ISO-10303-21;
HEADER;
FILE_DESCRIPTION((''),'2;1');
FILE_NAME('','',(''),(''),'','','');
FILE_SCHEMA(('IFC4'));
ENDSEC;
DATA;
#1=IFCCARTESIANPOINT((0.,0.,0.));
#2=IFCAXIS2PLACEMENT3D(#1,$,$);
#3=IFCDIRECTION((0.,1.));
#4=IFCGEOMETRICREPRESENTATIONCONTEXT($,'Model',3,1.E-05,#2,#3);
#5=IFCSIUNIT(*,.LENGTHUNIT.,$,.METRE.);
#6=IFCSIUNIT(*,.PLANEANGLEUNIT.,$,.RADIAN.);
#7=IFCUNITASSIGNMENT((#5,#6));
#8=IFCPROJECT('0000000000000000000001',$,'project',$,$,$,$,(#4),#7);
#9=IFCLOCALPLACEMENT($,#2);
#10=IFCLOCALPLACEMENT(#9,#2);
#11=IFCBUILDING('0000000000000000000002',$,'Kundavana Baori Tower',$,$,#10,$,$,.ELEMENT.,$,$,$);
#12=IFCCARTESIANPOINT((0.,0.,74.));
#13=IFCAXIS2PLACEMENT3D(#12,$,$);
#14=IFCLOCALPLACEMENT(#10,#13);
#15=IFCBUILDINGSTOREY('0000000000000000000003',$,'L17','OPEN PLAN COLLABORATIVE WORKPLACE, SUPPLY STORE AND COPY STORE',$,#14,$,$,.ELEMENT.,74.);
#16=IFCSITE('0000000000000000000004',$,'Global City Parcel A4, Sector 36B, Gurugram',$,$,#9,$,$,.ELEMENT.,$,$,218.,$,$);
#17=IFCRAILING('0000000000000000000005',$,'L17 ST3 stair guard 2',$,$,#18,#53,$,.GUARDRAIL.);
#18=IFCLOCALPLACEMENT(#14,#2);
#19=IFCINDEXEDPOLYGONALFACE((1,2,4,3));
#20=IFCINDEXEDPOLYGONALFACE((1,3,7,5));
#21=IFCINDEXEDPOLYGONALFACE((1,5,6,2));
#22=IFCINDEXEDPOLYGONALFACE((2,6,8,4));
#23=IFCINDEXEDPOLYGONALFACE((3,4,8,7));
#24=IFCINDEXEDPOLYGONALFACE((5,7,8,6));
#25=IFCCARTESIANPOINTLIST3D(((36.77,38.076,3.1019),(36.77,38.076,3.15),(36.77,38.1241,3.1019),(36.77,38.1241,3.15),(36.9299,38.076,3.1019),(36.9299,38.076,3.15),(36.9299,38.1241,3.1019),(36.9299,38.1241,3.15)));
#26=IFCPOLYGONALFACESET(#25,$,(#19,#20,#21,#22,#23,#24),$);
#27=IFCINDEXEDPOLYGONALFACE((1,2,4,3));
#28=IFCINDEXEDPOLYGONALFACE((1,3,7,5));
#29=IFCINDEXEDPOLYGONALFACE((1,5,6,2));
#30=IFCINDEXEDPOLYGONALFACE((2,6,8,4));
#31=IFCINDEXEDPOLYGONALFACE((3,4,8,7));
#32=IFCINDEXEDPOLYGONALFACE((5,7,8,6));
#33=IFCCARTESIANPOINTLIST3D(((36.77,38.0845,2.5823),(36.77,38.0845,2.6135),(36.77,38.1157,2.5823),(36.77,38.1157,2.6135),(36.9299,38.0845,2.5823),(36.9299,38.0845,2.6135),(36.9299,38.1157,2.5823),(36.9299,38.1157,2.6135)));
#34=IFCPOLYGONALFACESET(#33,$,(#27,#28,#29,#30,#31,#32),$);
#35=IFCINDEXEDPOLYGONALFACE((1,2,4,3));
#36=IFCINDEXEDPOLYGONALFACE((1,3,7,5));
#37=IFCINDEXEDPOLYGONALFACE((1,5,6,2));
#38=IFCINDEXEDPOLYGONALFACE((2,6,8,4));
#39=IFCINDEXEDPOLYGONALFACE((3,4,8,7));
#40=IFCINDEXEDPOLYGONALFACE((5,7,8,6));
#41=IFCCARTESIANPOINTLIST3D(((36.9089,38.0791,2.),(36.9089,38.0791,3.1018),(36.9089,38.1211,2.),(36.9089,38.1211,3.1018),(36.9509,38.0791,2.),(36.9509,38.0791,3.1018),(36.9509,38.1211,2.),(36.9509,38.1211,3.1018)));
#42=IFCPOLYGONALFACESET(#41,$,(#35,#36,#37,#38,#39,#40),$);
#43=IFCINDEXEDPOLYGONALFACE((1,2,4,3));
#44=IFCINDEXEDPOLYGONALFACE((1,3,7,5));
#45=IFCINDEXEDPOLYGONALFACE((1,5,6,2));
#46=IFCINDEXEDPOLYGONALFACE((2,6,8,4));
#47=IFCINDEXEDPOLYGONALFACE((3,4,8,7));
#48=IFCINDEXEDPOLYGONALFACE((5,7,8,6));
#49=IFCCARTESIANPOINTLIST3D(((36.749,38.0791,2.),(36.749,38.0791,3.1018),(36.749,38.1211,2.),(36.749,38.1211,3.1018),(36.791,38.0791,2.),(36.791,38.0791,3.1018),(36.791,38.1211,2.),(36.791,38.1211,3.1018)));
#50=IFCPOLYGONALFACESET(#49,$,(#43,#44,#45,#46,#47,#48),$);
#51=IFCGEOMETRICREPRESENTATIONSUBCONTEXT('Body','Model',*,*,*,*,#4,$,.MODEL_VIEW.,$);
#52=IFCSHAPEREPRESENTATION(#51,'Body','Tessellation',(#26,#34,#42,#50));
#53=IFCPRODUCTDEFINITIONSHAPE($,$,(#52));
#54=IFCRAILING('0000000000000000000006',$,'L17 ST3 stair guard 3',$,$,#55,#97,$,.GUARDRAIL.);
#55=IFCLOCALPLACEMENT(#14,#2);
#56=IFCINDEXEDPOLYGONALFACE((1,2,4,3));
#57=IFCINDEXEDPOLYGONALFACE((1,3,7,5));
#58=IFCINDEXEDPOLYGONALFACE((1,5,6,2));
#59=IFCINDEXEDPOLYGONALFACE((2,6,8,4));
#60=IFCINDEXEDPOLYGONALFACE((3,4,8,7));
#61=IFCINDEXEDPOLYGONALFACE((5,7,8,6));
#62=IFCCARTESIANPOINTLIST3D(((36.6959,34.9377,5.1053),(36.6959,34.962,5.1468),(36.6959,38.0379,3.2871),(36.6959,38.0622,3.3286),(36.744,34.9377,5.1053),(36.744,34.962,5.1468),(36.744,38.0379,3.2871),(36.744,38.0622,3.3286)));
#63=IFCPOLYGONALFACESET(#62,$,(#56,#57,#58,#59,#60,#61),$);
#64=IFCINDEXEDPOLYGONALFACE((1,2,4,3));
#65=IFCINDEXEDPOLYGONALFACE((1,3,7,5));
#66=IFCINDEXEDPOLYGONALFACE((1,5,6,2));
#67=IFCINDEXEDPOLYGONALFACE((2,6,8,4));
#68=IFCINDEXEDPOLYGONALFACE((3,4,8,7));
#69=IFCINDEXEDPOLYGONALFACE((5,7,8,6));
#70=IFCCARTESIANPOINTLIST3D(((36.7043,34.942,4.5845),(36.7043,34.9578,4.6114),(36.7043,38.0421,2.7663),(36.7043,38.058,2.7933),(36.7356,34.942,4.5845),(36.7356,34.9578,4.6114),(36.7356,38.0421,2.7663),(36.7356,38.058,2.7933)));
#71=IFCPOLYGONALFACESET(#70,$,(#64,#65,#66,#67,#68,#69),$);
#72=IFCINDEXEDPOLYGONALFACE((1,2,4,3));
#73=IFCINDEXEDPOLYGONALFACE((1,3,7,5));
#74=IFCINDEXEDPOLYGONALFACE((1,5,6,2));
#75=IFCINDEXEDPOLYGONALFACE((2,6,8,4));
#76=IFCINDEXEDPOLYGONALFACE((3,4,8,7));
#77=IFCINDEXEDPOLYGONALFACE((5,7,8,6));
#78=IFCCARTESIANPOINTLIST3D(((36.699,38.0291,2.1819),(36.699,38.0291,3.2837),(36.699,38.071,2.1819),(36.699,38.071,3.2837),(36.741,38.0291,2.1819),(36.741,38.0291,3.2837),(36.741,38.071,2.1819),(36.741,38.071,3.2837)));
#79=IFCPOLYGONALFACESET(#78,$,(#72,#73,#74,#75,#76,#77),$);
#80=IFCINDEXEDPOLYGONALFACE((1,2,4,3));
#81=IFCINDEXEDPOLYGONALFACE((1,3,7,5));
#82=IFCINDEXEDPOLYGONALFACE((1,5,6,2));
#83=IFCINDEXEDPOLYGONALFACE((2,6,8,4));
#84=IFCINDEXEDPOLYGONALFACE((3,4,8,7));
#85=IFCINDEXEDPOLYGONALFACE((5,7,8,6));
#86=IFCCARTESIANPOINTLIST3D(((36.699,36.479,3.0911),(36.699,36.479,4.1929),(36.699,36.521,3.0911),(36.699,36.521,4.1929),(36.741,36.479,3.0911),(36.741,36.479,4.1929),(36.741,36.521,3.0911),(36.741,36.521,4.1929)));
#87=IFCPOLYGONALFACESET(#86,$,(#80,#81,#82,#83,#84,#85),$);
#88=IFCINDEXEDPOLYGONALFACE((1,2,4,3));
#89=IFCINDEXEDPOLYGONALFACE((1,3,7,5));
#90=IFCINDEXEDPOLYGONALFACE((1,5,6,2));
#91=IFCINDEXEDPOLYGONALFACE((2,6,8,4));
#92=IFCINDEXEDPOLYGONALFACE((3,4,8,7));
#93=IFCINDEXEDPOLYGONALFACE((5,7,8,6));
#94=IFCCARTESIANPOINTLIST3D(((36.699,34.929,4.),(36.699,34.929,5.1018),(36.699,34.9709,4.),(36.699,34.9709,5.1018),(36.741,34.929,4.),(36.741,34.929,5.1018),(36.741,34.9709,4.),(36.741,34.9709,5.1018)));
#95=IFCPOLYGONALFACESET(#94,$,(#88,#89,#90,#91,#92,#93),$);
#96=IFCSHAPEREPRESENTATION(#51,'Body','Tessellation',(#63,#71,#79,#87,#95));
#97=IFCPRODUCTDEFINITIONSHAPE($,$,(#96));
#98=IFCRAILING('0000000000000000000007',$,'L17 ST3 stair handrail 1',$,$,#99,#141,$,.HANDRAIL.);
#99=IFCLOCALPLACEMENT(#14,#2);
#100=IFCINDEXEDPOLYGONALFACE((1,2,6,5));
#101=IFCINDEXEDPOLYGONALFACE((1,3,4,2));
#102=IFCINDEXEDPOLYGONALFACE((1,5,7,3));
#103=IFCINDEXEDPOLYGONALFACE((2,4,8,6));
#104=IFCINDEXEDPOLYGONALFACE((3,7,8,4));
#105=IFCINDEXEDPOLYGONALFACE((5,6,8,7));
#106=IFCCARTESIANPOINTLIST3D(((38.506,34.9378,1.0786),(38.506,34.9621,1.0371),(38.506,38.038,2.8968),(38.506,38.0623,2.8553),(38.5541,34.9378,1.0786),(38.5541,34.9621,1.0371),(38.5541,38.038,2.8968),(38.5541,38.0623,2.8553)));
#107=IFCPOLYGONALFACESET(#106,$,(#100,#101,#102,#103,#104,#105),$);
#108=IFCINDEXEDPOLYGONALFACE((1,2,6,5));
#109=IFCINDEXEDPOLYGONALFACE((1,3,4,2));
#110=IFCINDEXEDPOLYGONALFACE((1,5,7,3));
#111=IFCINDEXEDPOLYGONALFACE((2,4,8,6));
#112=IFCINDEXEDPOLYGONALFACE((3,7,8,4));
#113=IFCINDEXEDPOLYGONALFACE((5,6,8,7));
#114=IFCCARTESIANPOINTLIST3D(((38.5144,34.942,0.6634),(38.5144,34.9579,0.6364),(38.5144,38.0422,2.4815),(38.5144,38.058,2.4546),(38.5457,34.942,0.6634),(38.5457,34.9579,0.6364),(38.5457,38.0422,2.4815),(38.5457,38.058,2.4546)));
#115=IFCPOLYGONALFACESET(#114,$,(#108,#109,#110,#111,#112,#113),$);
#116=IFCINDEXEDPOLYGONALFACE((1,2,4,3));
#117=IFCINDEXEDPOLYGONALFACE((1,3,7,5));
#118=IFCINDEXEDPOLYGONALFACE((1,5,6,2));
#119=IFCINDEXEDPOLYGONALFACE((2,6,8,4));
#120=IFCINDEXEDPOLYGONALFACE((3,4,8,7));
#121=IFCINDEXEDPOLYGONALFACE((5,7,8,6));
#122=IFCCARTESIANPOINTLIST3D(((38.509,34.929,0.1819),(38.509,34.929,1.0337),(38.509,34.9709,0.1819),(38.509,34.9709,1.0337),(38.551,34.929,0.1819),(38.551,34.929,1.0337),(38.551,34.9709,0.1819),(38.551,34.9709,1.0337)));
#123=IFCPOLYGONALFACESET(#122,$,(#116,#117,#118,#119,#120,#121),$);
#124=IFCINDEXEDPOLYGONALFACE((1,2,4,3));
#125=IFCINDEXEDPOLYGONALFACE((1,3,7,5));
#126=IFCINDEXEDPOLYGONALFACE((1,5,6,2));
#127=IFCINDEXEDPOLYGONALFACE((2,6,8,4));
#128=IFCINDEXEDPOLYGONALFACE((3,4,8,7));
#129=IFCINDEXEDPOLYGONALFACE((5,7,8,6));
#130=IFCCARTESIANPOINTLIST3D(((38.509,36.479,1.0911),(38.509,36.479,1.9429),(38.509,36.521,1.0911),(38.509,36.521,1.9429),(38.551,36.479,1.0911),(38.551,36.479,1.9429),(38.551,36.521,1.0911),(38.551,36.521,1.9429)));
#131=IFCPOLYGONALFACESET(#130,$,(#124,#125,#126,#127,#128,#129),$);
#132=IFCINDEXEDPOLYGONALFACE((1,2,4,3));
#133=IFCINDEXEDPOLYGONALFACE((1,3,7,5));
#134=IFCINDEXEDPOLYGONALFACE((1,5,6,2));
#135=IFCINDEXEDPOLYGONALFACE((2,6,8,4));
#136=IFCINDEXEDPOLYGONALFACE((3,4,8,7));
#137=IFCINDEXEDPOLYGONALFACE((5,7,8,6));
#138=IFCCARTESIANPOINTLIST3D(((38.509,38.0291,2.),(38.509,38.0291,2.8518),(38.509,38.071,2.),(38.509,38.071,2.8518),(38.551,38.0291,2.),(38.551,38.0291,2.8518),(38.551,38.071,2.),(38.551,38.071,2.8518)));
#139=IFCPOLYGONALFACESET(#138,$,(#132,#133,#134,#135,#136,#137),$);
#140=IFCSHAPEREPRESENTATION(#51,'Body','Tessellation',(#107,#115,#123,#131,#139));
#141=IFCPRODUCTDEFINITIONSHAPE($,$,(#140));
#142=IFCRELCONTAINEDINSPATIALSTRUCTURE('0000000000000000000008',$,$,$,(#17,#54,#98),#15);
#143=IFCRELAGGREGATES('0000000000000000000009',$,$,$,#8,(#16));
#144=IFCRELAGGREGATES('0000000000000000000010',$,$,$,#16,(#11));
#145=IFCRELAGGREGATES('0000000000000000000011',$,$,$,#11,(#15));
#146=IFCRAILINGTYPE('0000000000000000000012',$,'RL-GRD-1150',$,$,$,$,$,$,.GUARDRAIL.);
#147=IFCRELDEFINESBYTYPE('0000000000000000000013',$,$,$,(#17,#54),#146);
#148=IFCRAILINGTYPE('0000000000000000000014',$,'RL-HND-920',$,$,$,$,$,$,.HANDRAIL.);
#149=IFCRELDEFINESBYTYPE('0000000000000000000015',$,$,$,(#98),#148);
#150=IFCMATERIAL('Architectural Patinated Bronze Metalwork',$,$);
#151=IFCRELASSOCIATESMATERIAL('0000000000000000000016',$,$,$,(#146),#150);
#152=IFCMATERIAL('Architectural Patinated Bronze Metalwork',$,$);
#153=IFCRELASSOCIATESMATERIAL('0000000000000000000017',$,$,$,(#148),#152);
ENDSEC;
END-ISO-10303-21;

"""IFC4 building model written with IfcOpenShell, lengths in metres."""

from ifc_helpers import new_model, si_unit, direction, frame, origin, origin_2d, place, context, subcontext, project, spatial, rectangle, extrude, material, type_object, element, save


model = new_model("IFC4")

# Units and contexts
model_context = context("Model", 3, precision=1e-05, world=origin(), true_north=direction((0.0, 1.0)))
body_context = subcontext(model_context, "Body", "Model", "MODEL_VIEW")
ifc_project = project(units=[si_unit("LENGTHUNIT", "METRE"), si_unit("PLANEANGLEUNIT", "RADIAN")], contexts=[model_context])

# Site, building, storey
site_placement = place(None, origin())
site = spatial("IfcSite", under=ifc_project, at=site_placement, Name="Global City Parcel A4, Sector 36B, Gurugram", CompositionType="ELEMENT", RefElevation=218.0)
building_placement = place(site_placement, origin())
building = spatial("IfcBuilding", under=site, at=building_placement, Name="Kundavana Baori Tower", CompositionType="ELEMENT")
storey_placement = place(building_placement, frame((0.0, 0.0, 74.0)))
storey = spatial("IfcBuildingStorey", under=building, at=storey_placement, Name="L17", Description="OPEN PLAN COLLABORATIVE WORKPLACE, SUPPLY STORE AND COPY STORE", CompositionType="ELEMENT", Elevation=74.0)

# Railings
ifc_material_1 = material(Name="Architectural Patinated Bronze Metalwork")
railing_type_1 = type_object("IfcRailingType", Name="RL-GRD-1150", PredefinedType="GUARDRAIL", material=ifc_material_1)
railing_1_placement = place(storey_placement, frame((36.9299, 38.1001, 2.0)))
element("IfcRailing", 1, at=railing_1_placement, inside=storey, type_object=railing_type_1, Name="L17 ST3 stair guard 2", PredefinedType="GUARDRAIL", context=body_context, shape_type="SweptSolid", body=[
    extrude(rectangle(XDim=0.0481, YDim=0.0481, at=origin_2d()), frame((0.0, 0.0, 1.126), z_axis=(-1.0, 0.0, 0.0), x_axis=(0.0, -1.0, 0.0)), (0.0, 0.0, 1.0), 0.1599),
    extrude(rectangle(XDim=0.0312, YDim=0.0312, at=origin_2d()), frame((0.0, 0.0, 0.5979), z_axis=(-1.0, 0.0, 0.0), x_axis=(0.0, -1.0, 0.0)), (0.0, 0.0, 1.0), 0.1599),
    extrude(rectangle(XDim=0.042, YDim=0.042, at=origin_2d()), origin(), (0.0, 0.0, 1.0), 1.1018),
    extrude(rectangle(XDim=0.042, YDim=0.042, at=origin_2d()), frame((-0.1599, 0.0, 0.0)), (0.0, 0.0, 1.0), 1.1018),
])
railing_2_placement = place(storey_placement, frame((36.72, 38.05, 2.1819)))
element("IfcRailing", 2, at=railing_2_placement, inside=storey, type_object=railing_type_1, Name="L17 ST3 stair guard 3", PredefinedType="GUARDRAIL", context=body_context, shape_type="SweptSolid", body=[
    extrude(rectangle(XDim=0.0481, YDim=0.0481, at=origin_2d()), frame((0.0, 0.0, 1.126), z_axis=(0.0, -0.862599, 0.505889), x_axis=(1.0, 0.0, 0.0)), (0.0, 0.0, 1.0), 3.594),
    extrude(rectangle(XDim=0.0312, YDim=0.0312, at=origin_2d()), frame((0.0, 0.0, 0.5979), z_axis=(0.0, -0.862599, 0.505889), x_axis=(1.0, 0.0, 0.0)), (0.0, 0.0, 1.0), 3.594),
    extrude(rectangle(XDim=0.042, YDim=0.042, at=origin_2d()), origin(), (0.0, 0.0, 1.0), 1.1018),
    extrude(rectangle(XDim=0.042, YDim=0.042, at=origin_2d()), frame((0.0, -1.55, 0.9092)), (0.0, 0.0, 1.0), 1.1018),
    extrude(rectangle(XDim=0.042, YDim=0.042, at=origin_2d()), frame((0.0, -3.1001, 1.8181)), (0.0, 0.0, 1.0), 1.1018),
])
ifc_material_2 = material(Name="Architectural Patinated Bronze Metalwork")
railing_type_2 = type_object("IfcRailingType", Name="RL-HND-920", PredefinedType="HANDRAIL", material=ifc_material_2)
railing_3_placement = place(storey_placement, frame((38.53, 34.95, 0.1819)))
element("IfcRailing", 3, at=railing_3_placement, inside=storey, type_object=railing_type_2, Name="L17 ST3 stair handrail 1", PredefinedType="HANDRAIL", context=body_context, shape_type="SweptSolid", body=[
    extrude(rectangle(XDim=0.0481, YDim=0.0481, at=origin_2d()), frame((0.0, 0.0, 0.876), z_axis=(0.0, 0.862599, 0.505889), x_axis=(-1.0, 0.0, 0.0)), (0.0, 0.0, 1.0), 3.594),
    extrude(rectangle(XDim=0.0312, YDim=0.0312, at=origin_2d()), frame((0.0, 0.0, 0.468), z_axis=(0.0, 0.862599, 0.505889), x_axis=(-1.0, 0.0, 0.0)), (0.0, 0.0, 1.0), 3.594),
    extrude(rectangle(XDim=0.042, YDim=0.042, at=origin_2d()), origin(), (0.0, 0.0, 1.0), 0.8518),
    extrude(rectangle(XDim=0.042, YDim=0.042, at=origin_2d()), frame((0.0, 1.55, 0.9092)), (0.0, 0.0, 1.0), 0.8518),
    extrude(rectangle(XDim=0.042, YDim=0.042, at=origin_2d()), frame((0.0, 3.1001, 1.8181)), (0.0, 0.0, 1.0), 0.8518),
])

save(model, "model.ifc")
